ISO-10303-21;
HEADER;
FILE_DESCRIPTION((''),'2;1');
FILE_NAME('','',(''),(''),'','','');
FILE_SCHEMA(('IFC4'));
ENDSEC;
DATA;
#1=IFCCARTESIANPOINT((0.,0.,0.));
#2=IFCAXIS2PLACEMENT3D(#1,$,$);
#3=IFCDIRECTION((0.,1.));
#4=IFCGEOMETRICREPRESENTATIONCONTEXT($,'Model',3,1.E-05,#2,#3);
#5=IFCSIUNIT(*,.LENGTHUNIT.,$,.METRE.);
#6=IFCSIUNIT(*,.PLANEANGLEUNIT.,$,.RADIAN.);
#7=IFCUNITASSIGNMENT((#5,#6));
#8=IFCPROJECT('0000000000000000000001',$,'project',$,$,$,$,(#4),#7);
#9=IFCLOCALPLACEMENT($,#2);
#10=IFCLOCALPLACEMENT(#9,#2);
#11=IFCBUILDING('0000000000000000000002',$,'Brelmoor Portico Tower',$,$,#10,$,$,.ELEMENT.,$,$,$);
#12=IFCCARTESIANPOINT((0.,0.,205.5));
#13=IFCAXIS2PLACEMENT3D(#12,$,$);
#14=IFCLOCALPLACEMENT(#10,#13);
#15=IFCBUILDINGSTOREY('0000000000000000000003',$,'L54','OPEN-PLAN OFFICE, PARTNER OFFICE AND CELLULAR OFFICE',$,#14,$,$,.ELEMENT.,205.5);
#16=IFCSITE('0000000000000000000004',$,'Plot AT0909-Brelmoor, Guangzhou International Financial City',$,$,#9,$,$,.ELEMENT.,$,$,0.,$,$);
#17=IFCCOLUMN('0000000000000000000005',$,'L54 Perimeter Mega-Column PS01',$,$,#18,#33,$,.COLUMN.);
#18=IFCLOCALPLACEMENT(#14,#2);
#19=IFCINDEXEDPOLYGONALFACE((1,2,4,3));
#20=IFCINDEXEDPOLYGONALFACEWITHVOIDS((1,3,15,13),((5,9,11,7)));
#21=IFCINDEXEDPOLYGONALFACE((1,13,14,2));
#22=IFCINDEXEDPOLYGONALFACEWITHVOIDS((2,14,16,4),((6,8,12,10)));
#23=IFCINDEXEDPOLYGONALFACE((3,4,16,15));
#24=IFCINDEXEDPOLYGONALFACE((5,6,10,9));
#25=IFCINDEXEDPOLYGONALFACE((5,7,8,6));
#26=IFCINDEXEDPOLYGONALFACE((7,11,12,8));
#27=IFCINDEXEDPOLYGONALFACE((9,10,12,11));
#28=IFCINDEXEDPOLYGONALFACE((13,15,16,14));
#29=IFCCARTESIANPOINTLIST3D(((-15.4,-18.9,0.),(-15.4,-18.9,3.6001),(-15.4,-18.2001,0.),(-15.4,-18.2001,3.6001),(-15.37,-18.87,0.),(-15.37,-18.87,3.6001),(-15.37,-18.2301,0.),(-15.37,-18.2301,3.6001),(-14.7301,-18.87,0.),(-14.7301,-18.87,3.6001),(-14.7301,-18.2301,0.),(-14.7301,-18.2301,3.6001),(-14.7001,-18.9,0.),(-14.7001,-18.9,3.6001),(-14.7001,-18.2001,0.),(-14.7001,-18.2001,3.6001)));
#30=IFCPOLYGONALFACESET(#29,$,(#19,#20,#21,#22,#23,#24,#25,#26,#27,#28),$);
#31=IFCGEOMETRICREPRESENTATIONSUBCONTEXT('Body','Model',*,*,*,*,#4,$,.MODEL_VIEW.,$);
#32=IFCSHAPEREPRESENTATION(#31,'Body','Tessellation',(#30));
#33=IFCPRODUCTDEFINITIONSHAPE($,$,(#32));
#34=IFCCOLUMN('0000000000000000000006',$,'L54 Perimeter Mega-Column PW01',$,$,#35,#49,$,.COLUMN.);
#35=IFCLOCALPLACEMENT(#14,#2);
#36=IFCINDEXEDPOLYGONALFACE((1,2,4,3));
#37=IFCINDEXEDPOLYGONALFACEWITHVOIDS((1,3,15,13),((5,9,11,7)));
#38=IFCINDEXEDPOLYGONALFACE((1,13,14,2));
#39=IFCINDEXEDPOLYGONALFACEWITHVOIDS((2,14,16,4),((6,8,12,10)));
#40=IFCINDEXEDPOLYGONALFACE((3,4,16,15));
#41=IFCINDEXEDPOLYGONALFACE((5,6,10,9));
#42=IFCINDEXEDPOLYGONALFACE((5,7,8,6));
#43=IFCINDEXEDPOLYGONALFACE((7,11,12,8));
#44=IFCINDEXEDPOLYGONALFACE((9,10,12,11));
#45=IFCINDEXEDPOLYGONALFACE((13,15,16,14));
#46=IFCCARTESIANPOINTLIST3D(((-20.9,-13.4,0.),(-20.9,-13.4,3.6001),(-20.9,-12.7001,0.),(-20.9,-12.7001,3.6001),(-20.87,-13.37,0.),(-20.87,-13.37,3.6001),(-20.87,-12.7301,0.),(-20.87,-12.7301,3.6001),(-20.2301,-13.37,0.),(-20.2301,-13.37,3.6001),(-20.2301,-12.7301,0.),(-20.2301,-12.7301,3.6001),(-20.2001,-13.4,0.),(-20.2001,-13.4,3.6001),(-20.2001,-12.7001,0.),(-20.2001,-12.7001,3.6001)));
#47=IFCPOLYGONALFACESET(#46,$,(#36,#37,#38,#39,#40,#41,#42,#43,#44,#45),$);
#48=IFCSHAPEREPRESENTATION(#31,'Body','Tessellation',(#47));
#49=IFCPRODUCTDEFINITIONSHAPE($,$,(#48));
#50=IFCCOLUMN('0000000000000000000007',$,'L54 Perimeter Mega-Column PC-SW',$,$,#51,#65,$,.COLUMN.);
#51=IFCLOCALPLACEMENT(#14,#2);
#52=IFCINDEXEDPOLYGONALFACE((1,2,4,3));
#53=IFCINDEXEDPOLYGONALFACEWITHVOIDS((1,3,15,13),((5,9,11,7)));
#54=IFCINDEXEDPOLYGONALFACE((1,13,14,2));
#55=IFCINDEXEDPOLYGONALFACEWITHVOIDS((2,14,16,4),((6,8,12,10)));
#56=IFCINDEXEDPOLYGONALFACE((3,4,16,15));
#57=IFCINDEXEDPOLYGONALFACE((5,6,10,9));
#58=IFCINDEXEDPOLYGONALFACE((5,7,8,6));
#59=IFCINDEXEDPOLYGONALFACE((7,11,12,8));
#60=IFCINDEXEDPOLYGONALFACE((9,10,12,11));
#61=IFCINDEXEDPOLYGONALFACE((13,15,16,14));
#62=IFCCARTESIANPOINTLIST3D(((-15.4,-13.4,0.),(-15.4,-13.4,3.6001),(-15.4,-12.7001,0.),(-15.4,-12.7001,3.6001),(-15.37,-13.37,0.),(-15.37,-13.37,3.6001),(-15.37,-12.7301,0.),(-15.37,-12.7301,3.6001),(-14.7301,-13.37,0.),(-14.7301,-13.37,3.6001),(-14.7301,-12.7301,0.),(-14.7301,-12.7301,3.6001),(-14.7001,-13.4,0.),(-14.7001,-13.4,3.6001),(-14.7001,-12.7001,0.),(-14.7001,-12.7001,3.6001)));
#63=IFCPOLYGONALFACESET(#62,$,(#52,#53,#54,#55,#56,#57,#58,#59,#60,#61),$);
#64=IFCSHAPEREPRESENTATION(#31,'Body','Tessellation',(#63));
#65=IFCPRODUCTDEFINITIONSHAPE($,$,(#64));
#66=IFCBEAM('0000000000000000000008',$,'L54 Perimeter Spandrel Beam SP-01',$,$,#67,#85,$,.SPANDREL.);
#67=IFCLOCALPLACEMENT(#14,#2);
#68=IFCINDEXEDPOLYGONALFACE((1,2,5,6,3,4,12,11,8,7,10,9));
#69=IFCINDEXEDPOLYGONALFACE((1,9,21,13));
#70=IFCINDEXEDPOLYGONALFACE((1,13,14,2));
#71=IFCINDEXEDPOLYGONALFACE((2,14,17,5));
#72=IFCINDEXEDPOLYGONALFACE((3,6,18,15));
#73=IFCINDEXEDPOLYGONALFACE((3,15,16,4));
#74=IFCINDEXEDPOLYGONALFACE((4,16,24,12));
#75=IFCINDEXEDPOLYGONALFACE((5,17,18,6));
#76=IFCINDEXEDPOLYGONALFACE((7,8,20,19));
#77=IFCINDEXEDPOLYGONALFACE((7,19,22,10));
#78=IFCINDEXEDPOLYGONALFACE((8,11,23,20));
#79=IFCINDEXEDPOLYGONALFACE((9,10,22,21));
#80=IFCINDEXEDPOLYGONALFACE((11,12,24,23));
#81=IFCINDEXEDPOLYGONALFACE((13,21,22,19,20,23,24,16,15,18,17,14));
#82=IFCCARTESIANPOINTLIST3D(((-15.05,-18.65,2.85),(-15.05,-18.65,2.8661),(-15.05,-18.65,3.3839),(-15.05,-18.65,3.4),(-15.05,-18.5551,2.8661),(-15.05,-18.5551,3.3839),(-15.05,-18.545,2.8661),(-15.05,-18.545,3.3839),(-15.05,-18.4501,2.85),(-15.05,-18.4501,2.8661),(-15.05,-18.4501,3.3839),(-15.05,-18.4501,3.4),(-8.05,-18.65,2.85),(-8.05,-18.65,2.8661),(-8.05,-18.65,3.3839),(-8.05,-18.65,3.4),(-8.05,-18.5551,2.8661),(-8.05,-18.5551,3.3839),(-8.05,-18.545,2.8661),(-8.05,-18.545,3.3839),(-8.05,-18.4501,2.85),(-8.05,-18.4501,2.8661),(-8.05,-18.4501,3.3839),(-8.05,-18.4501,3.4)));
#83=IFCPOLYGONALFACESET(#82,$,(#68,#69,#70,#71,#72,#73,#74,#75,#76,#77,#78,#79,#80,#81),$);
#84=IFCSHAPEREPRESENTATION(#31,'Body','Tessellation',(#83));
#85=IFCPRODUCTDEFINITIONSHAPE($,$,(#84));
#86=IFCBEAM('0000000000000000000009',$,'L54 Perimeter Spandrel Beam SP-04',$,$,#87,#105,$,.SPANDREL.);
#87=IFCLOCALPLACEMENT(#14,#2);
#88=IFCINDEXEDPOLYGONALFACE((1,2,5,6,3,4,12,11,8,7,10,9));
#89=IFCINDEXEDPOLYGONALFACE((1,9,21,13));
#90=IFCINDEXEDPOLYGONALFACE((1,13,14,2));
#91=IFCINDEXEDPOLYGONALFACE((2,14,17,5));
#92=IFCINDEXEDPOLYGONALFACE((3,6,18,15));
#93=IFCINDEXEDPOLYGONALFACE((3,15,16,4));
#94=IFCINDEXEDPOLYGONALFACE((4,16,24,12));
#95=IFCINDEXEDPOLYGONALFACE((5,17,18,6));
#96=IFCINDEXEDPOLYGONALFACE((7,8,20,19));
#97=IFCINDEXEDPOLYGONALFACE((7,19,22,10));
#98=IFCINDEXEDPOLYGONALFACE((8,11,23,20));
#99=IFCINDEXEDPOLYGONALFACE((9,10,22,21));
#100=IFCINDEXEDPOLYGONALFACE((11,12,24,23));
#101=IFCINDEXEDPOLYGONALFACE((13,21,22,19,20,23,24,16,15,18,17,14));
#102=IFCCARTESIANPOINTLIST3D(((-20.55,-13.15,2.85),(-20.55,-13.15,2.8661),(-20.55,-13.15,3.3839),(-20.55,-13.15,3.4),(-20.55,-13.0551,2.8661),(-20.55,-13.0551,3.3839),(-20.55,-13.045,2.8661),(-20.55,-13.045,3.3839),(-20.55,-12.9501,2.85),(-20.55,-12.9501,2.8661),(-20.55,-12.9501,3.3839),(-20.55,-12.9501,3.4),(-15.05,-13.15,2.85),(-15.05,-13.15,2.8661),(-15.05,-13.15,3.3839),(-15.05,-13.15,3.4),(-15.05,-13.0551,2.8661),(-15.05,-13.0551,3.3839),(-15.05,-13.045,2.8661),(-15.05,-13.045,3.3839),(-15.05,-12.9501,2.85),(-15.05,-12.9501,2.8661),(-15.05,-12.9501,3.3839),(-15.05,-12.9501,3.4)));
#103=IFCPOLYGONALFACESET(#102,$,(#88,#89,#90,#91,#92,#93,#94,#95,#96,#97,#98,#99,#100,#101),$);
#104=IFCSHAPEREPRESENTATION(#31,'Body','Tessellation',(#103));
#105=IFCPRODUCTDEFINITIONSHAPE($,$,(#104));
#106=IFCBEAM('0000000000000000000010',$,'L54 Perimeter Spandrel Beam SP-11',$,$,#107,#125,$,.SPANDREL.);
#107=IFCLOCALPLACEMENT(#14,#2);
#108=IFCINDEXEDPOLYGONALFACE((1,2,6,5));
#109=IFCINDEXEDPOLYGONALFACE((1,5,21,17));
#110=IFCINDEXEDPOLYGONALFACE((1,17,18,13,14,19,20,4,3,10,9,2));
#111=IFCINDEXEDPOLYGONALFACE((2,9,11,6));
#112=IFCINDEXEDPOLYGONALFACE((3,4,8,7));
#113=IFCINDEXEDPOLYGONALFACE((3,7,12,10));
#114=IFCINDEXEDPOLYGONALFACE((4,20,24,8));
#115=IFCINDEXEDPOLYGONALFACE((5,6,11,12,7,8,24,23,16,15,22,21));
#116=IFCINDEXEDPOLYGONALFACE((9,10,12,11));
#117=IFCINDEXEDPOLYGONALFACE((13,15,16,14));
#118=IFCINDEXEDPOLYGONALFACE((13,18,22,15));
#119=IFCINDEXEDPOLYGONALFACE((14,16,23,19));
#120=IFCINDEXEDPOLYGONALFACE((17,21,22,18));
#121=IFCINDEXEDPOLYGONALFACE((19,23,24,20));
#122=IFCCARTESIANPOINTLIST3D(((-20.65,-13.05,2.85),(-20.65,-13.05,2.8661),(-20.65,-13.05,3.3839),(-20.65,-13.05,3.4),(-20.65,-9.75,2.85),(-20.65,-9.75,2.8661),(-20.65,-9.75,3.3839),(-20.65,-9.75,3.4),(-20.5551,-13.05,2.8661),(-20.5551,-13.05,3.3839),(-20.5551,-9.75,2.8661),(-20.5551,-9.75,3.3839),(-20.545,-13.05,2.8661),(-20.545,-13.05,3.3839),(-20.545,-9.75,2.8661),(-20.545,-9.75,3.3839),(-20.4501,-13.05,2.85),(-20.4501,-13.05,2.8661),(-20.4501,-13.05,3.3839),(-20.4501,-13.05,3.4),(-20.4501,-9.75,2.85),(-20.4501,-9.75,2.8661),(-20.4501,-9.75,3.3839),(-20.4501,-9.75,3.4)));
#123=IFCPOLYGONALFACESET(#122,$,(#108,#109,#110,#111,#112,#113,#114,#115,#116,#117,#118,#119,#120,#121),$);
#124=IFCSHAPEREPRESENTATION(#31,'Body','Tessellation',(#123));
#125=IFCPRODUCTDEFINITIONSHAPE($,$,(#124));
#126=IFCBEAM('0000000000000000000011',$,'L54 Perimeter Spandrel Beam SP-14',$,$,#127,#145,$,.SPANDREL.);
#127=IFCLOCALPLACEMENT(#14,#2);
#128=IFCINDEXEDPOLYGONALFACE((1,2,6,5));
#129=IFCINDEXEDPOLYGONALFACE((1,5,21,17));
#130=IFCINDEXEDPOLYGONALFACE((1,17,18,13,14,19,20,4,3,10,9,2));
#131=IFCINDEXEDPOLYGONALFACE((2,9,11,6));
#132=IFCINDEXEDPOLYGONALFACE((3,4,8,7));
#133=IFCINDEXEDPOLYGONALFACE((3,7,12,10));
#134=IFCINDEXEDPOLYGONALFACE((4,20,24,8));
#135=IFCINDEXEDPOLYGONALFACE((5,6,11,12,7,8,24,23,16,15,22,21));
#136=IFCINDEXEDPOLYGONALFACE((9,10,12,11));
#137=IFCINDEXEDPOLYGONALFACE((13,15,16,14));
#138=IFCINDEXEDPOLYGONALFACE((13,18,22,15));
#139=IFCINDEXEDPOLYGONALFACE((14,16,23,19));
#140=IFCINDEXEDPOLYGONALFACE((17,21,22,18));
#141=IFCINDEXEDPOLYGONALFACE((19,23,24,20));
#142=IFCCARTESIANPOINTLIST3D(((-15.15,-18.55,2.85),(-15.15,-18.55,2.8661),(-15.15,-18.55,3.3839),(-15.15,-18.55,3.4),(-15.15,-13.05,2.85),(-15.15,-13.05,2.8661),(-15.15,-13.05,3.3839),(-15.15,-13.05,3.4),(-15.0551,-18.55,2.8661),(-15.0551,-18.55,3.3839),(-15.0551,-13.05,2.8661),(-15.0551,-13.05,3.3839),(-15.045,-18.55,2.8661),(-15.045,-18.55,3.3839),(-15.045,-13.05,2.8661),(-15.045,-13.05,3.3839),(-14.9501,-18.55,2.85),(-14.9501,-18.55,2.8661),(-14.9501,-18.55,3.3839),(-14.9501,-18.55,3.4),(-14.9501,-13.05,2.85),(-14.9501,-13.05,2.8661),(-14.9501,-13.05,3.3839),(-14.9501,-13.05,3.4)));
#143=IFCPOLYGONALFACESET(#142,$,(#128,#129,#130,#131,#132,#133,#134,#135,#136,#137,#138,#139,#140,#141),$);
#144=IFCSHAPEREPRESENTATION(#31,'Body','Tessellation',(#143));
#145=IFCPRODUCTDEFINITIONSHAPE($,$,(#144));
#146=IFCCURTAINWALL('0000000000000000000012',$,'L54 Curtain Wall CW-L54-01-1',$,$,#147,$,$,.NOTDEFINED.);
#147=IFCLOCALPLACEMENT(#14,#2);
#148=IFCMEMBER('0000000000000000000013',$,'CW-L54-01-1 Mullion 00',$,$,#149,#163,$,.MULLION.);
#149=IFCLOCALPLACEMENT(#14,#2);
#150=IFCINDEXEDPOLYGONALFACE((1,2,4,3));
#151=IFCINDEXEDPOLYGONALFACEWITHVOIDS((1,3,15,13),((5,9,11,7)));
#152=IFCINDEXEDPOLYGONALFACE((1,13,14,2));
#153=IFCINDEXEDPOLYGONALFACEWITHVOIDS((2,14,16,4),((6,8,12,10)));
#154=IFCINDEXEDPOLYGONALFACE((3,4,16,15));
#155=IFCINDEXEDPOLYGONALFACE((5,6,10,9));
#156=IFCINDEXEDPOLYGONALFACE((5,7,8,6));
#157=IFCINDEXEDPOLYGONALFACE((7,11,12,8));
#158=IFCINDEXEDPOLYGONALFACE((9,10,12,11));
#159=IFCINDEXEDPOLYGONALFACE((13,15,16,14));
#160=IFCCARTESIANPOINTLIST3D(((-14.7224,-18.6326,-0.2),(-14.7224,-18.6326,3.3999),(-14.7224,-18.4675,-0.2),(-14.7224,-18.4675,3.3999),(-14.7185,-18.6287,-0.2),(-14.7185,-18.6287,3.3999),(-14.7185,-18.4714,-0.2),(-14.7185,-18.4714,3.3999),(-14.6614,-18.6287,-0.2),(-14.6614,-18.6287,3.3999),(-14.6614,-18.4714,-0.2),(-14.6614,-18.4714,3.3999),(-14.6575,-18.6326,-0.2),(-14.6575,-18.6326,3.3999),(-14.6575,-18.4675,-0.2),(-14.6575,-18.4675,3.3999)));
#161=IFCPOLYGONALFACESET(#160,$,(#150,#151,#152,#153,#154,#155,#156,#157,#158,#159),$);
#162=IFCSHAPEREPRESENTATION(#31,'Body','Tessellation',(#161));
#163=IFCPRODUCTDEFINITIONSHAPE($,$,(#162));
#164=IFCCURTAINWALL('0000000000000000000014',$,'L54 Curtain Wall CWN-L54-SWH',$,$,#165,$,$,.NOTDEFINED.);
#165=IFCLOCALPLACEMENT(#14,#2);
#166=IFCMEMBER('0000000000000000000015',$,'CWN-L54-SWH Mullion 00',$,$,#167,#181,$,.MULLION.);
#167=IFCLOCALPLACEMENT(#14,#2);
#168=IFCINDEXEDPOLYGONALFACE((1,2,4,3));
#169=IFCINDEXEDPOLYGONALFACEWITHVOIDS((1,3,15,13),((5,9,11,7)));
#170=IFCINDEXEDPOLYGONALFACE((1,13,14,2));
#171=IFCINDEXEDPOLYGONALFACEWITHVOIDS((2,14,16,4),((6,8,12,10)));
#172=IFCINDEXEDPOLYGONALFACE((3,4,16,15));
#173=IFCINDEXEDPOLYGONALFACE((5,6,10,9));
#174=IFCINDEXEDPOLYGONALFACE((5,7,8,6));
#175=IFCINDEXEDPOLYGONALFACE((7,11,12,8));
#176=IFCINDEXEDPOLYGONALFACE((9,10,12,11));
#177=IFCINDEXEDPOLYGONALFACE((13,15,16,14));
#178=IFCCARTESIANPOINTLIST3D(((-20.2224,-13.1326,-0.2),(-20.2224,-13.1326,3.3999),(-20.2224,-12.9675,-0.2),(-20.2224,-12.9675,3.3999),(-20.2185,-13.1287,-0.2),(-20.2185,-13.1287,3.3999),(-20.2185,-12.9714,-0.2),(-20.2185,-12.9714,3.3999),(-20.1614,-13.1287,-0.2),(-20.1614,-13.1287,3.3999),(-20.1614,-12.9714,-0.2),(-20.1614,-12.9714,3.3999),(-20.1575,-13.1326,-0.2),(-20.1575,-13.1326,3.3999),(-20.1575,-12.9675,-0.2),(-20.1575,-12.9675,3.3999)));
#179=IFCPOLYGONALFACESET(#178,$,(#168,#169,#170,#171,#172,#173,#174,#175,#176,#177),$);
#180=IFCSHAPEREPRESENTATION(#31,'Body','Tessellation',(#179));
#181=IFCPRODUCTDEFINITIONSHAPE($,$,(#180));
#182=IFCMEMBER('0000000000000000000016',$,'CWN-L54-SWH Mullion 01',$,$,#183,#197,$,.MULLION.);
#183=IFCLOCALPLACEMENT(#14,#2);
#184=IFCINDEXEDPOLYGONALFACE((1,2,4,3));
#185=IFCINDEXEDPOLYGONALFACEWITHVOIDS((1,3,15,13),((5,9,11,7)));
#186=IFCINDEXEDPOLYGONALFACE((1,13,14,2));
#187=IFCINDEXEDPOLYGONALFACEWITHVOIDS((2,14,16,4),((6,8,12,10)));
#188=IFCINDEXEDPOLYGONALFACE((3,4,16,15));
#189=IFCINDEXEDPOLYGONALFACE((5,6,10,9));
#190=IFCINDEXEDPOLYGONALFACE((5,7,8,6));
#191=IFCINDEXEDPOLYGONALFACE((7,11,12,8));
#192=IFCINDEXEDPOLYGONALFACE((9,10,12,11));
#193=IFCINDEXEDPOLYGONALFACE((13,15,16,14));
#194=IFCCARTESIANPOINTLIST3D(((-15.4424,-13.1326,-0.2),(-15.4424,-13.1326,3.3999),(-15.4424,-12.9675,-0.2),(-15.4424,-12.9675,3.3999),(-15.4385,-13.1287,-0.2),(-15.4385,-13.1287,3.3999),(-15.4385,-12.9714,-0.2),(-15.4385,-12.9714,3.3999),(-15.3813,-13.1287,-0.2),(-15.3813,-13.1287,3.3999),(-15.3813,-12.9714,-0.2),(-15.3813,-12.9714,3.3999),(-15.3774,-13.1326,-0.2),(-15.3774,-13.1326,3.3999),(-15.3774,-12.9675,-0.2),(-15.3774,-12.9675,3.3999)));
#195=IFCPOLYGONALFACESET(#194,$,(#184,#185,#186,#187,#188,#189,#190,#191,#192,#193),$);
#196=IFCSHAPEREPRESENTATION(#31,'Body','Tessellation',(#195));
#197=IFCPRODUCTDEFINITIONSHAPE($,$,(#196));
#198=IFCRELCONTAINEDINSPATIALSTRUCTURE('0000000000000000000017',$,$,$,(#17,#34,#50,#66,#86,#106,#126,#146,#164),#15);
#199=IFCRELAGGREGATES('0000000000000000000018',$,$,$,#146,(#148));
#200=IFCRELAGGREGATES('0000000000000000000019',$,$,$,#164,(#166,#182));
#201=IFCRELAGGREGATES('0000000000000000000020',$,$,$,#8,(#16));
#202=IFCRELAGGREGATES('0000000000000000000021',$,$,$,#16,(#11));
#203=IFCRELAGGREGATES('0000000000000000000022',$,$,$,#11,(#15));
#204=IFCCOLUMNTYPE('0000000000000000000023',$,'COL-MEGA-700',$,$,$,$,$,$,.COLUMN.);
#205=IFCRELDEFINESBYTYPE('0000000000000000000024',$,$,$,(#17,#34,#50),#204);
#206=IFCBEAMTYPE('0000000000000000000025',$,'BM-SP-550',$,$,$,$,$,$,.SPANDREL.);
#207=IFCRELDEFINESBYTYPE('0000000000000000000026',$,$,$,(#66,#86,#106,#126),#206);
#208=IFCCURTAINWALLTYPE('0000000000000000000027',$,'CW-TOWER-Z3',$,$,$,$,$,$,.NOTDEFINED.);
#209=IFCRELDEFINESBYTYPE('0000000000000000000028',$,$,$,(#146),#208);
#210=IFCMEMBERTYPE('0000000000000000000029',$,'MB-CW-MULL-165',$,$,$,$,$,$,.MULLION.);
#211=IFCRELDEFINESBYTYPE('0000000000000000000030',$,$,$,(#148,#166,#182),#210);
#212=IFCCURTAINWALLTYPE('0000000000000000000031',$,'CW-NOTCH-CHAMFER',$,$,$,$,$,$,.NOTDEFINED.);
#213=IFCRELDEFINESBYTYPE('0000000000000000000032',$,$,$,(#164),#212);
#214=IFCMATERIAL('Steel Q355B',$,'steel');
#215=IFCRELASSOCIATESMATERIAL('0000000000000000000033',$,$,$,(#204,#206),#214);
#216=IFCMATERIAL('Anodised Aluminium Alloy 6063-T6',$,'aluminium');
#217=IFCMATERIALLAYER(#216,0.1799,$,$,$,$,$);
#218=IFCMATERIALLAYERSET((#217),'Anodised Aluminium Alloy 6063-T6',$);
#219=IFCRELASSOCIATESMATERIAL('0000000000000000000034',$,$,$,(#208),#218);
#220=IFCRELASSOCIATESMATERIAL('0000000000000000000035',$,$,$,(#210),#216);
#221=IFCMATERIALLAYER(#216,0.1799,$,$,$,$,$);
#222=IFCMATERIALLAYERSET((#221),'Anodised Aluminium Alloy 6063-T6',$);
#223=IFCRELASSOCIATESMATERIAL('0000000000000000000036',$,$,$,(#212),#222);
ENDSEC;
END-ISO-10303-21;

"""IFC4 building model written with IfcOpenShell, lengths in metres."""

from ifc_helpers import new_model, si_unit, direction, frame, origin, origin_2d, place, context, subcontext, project, spatial, hollow_rectangle, i_section, extrude, material, layer, layer_set, material_profile, profile_set, type_object, element, aggregate, save


model = new_model("IFC4")

# Units and contexts
model_context = context("Model", 3, precision=1e-05, world=origin(), true_north=direction((0.0, 1.0)))
body_context = subcontext(model_context, "Body", "Model", "MODEL_VIEW")
ifc_project = project(units=[si_unit("LENGTHUNIT", "METRE"), si_unit("PLANEANGLEUNIT", "RADIAN")], contexts=[model_context])

# Site, building, storey
site_placement = place(None, origin())
site = spatial("IfcSite", under=ifc_project, at=site_placement, Name="Plot AT0909-Brelmoor, Guangzhou International Financial City", CompositionType="ELEMENT", RefElevation=0.0)
building_placement = place(site_placement, origin())
building = spatial("IfcBuilding", under=site, at=building_placement, Name="Brelmoor Portico Tower", CompositionType="ELEMENT")
storey_placement = place(building_placement, frame((0.0, 0.0, 205.5)))
storey = spatial("IfcBuildingStorey", under=building, at=storey_placement, Name="L54", Description="OPEN-PLAN OFFICE, PARTNER OFFICE AND CELLULAR OFFICE", CompositionType="ELEMENT", Elevation=205.5)

# Columns
ifc_material_1 = material(Name="Steel Q355B", Category="steel")
ifc_material_profile_1 = material_profile(ifc_material_1, hollow_rectangle(XDim=0.7, YDim=0.7, WallThickness=0.03, at=origin_2d()), Name="BOX 700x700x30")
ifc_profile_set_1 = profile_set([ifc_material_profile_1], Name="Steel Q355B")
column_type = type_object("IfcColumnType", Name="COL-MEGA-700", PredefinedType="COLUMN", material=ifc_profile_set_1)
for number, where, z_axis, x_axis, name in (
    (1, (-15.05, -18.55, 0.0), (0.0, 0.0, 1.0), (1.0, 0.0, 0.0), "L54 Perimeter Mega-Column PS01"),
    (2, (-20.55, -13.05, 0.0), (0.0, 0.0, 1.0), (0.0, 1.0, 0.0), "L54 Perimeter Mega-Column PW01"),
    (3, (-15.05, -13.05, 0.0), (0.0, 0.0, 1.0), (1.0, 0.0, 0.0), "L54 Perimeter Mega-Column PC-SW"),
):
    element("IfcColumn", number, at=place(storey_placement, frame(where, z_axis=z_axis, x_axis=x_axis)), inside=storey, type_object=column_type, Name=name, PredefinedType="COLUMN", context=body_context, shape_type="SweptSolid", body=[
        extrude(hollow_rectangle(XDim=0.7, YDim=0.7, WallThickness=0.03, at=origin_2d()), origin(), (0.0, 0.0, 1.0), 3.6001),
    ])

# Beams
ifc_material_profile_2 = material_profile(ifc_material_1, i_section(OverallWidth=0.2, OverallDepth=0.55, WebThickness=0.01, FlangeThickness=0.0161, at=origin_2d()), Name="HN 550x200x10x16")
ifc_profile_set_2 = profile_set([ifc_material_profile_2], Name="Steel Q355B")
beam_type = type_object("IfcBeamType", Name="BM-SP-550", PredefinedType="SPANDREL", material=ifc_profile_set_2)
beam_1_placement = place(storey_placement, frame((-15.05, -18.55, 3.125), z_axis=(1.0, 0.0, 0.0), x_axis=(0.0, 1.0, 0.0)))
element("IfcBeam", 4, at=beam_1_placement, inside=storey, type_object=beam_type, Name="L54 Perimeter Spandrel Beam SP-01", PredefinedType="SPANDREL", context=body_context, shape_type="SweptSolid", body=[
    extrude(i_section(OverallWidth=0.2, OverallDepth=0.55, WebThickness=0.01, FlangeThickness=0.0161, at=origin_2d()), origin(), (0.0, 0.0, 1.0), 7.0),
])
beam_2_placement = place(storey_placement, frame((-20.55, -13.05, 3.125), z_axis=(1.0, 0.0, 0.0), x_axis=(0.0, 1.0, 0.0)))
element("IfcBeam", 5, at=beam_2_placement, inside=storey, type_object=beam_type, Name="L54 Perimeter Spandrel Beam SP-04", PredefinedType="SPANDREL", context=body_context, shape_type="SweptSolid", body=[
    extrude(i_section(OverallWidth=0.2, OverallDepth=0.55, WebThickness=0.01, FlangeThickness=0.0161, at=origin_2d()), origin(), (0.0, 0.0, 1.0), 5.5),
])
beam_3_placement = place(storey_placement, frame((-20.55, -13.05, 3.125), z_axis=(0.0, 1.0, 0.0), x_axis=(-1.0, 0.0, 0.0)))
element("IfcBeam", 6, at=beam_3_placement, inside=storey, type_object=beam_type, Name="L54 Perimeter Spandrel Beam SP-11", PredefinedType="SPANDREL", context=body_context, shape_type="SweptSolid", body=[
    extrude(i_section(OverallWidth=0.2, OverallDepth=0.55, WebThickness=0.01, FlangeThickness=0.0161, at=origin_2d()), origin(), (0.0, 0.0, 1.0), 3.3),
])
beam_4_placement = place(storey_placement, frame((-15.05, -18.55, 3.125), z_axis=(0.0, 1.0, 0.0), x_axis=(-1.0, 0.0, 0.0)))
element("IfcBeam", 7, at=beam_4_placement, inside=storey, type_object=beam_type, Name="L54 Perimeter Spandrel Beam SP-14", PredefinedType="SPANDREL", context=body_context, shape_type="SweptSolid", body=[
    extrude(i_section(OverallWidth=0.2, OverallDepth=0.55, WebThickness=0.01, FlangeThickness=0.0161, at=origin_2d()), origin(), (0.0, 0.0, 1.0), 5.5),
])

# Curtain wall, member
ifc_material_2 = material(Name="Anodised Aluminium Alloy 6063-T6", Category="aluminium")
ifc_layer_1 = layer(ifc_material_2, 0.1799)
ifc_layer_set_1 = layer_set([ifc_layer_1], Name="Anodised Aluminium Alloy 6063-T6")
curtain_wall_type_1 = type_object("IfcCurtainWallType", Name="CW-TOWER-Z3", PredefinedType="NOTDEFINED", material=ifc_layer_set_1)
curtain_wall_1_placement = place(storey_placement, origin())
curtain_wall_1 = element("IfcCurtainWall", 8, at=curtain_wall_1_placement, inside=storey, type_object=curtain_wall_type_1, Name="L54 Curtain Wall CW-L54-01-1", PredefinedType="NOTDEFINED")
ifc_material_profile_3 = material_profile(ifc_material_2, hollow_rectangle(XDim=0.0649, YDim=0.165, WallThickness=0.0039, at=origin_2d()), Name="ALU MULLION 65x165")
ifc_profile_set_3 = profile_set([ifc_material_profile_3], Name="Anodised Aluminium Alloy 6063-T6")
member_type_1 = type_object("IfcMemberType", Name="MB-CW-MULL-165", PredefinedType="MULLION", material=ifc_profile_set_3)
member_1_placement = place(storey_placement, frame((-14.6899, -18.55, -0.2), z_axis=(0.0, 0.0, 1.0), x_axis=(1.0, 0.0, 0.0)))
member_1 = element("IfcMember", 9, at=member_1_placement, type_object=member_type_1, Name="CW-L54-01-1 Mullion 00", PredefinedType="MULLION", context=body_context, shape_type="SweptSolid", body=[
    extrude(hollow_rectangle(XDim=0.0649, YDim=0.165, WallThickness=0.0039, at=origin_2d()), origin(), (0.0, 0.0, 1.0), 3.5999),
])

# Curtain wall, members
ifc_layer_2 = layer(ifc_material_2, 0.1799)
ifc_layer_set_2 = layer_set([ifc_layer_2], Name="Anodised Aluminium Alloy 6063-T6")
curtain_wall_type_2 = type_object("IfcCurtainWallType", Name="CW-NOTCH-CHAMFER", PredefinedType="NOTDEFINED", material=ifc_layer_set_2)
curtain_wall_2_placement = place(storey_placement, origin())
curtain_wall_2 = element("IfcCurtainWall", 10, at=curtain_wall_2_placement, inside=storey, type_object=curtain_wall_type_2, Name="L54 Curtain Wall CWN-L54-SWH", PredefinedType="NOTDEFINED")
member_2_placement = place(storey_placement, frame((-20.1899, -13.05, -0.2), z_axis=(0.0, 0.0, 1.0), x_axis=(1.0, 0.0, 0.0)))
member_2 = element("IfcMember", 11, at=member_2_placement, type_object=member_type_1, Name="CWN-L54-SWH Mullion 00", PredefinedType="MULLION", context=body_context, shape_type="SweptSolid", body=[
    extrude(hollow_rectangle(XDim=0.0649, YDim=0.165, WallThickness=0.0039, at=origin_2d()), origin(), (0.0, 0.0, 1.0), 3.5999),
])
member_3_placement = place(storey_placement, frame((-15.4099, -13.05, -0.2), z_axis=(0.0, 0.0, 1.0), x_axis=(1.0, 0.0, 0.0)))
member_3 = element("IfcMember", 12, at=member_3_placement, type_object=member_type_1, Name="CWN-L54-SWH Mullion 01", PredefinedType="MULLION", context=body_context, shape_type="SweptSolid", body=[
    extrude(hollow_rectangle(XDim=0.0649, YDim=0.165, WallThickness=0.0039, at=origin_2d()), origin(), (0.0, 0.0, 1.0), 3.5999),
])

aggregate(curtain_wall_1, [member_1])

aggregate(curtain_wall_2, [member_2, member_3])

save(model, "model.ifc")
